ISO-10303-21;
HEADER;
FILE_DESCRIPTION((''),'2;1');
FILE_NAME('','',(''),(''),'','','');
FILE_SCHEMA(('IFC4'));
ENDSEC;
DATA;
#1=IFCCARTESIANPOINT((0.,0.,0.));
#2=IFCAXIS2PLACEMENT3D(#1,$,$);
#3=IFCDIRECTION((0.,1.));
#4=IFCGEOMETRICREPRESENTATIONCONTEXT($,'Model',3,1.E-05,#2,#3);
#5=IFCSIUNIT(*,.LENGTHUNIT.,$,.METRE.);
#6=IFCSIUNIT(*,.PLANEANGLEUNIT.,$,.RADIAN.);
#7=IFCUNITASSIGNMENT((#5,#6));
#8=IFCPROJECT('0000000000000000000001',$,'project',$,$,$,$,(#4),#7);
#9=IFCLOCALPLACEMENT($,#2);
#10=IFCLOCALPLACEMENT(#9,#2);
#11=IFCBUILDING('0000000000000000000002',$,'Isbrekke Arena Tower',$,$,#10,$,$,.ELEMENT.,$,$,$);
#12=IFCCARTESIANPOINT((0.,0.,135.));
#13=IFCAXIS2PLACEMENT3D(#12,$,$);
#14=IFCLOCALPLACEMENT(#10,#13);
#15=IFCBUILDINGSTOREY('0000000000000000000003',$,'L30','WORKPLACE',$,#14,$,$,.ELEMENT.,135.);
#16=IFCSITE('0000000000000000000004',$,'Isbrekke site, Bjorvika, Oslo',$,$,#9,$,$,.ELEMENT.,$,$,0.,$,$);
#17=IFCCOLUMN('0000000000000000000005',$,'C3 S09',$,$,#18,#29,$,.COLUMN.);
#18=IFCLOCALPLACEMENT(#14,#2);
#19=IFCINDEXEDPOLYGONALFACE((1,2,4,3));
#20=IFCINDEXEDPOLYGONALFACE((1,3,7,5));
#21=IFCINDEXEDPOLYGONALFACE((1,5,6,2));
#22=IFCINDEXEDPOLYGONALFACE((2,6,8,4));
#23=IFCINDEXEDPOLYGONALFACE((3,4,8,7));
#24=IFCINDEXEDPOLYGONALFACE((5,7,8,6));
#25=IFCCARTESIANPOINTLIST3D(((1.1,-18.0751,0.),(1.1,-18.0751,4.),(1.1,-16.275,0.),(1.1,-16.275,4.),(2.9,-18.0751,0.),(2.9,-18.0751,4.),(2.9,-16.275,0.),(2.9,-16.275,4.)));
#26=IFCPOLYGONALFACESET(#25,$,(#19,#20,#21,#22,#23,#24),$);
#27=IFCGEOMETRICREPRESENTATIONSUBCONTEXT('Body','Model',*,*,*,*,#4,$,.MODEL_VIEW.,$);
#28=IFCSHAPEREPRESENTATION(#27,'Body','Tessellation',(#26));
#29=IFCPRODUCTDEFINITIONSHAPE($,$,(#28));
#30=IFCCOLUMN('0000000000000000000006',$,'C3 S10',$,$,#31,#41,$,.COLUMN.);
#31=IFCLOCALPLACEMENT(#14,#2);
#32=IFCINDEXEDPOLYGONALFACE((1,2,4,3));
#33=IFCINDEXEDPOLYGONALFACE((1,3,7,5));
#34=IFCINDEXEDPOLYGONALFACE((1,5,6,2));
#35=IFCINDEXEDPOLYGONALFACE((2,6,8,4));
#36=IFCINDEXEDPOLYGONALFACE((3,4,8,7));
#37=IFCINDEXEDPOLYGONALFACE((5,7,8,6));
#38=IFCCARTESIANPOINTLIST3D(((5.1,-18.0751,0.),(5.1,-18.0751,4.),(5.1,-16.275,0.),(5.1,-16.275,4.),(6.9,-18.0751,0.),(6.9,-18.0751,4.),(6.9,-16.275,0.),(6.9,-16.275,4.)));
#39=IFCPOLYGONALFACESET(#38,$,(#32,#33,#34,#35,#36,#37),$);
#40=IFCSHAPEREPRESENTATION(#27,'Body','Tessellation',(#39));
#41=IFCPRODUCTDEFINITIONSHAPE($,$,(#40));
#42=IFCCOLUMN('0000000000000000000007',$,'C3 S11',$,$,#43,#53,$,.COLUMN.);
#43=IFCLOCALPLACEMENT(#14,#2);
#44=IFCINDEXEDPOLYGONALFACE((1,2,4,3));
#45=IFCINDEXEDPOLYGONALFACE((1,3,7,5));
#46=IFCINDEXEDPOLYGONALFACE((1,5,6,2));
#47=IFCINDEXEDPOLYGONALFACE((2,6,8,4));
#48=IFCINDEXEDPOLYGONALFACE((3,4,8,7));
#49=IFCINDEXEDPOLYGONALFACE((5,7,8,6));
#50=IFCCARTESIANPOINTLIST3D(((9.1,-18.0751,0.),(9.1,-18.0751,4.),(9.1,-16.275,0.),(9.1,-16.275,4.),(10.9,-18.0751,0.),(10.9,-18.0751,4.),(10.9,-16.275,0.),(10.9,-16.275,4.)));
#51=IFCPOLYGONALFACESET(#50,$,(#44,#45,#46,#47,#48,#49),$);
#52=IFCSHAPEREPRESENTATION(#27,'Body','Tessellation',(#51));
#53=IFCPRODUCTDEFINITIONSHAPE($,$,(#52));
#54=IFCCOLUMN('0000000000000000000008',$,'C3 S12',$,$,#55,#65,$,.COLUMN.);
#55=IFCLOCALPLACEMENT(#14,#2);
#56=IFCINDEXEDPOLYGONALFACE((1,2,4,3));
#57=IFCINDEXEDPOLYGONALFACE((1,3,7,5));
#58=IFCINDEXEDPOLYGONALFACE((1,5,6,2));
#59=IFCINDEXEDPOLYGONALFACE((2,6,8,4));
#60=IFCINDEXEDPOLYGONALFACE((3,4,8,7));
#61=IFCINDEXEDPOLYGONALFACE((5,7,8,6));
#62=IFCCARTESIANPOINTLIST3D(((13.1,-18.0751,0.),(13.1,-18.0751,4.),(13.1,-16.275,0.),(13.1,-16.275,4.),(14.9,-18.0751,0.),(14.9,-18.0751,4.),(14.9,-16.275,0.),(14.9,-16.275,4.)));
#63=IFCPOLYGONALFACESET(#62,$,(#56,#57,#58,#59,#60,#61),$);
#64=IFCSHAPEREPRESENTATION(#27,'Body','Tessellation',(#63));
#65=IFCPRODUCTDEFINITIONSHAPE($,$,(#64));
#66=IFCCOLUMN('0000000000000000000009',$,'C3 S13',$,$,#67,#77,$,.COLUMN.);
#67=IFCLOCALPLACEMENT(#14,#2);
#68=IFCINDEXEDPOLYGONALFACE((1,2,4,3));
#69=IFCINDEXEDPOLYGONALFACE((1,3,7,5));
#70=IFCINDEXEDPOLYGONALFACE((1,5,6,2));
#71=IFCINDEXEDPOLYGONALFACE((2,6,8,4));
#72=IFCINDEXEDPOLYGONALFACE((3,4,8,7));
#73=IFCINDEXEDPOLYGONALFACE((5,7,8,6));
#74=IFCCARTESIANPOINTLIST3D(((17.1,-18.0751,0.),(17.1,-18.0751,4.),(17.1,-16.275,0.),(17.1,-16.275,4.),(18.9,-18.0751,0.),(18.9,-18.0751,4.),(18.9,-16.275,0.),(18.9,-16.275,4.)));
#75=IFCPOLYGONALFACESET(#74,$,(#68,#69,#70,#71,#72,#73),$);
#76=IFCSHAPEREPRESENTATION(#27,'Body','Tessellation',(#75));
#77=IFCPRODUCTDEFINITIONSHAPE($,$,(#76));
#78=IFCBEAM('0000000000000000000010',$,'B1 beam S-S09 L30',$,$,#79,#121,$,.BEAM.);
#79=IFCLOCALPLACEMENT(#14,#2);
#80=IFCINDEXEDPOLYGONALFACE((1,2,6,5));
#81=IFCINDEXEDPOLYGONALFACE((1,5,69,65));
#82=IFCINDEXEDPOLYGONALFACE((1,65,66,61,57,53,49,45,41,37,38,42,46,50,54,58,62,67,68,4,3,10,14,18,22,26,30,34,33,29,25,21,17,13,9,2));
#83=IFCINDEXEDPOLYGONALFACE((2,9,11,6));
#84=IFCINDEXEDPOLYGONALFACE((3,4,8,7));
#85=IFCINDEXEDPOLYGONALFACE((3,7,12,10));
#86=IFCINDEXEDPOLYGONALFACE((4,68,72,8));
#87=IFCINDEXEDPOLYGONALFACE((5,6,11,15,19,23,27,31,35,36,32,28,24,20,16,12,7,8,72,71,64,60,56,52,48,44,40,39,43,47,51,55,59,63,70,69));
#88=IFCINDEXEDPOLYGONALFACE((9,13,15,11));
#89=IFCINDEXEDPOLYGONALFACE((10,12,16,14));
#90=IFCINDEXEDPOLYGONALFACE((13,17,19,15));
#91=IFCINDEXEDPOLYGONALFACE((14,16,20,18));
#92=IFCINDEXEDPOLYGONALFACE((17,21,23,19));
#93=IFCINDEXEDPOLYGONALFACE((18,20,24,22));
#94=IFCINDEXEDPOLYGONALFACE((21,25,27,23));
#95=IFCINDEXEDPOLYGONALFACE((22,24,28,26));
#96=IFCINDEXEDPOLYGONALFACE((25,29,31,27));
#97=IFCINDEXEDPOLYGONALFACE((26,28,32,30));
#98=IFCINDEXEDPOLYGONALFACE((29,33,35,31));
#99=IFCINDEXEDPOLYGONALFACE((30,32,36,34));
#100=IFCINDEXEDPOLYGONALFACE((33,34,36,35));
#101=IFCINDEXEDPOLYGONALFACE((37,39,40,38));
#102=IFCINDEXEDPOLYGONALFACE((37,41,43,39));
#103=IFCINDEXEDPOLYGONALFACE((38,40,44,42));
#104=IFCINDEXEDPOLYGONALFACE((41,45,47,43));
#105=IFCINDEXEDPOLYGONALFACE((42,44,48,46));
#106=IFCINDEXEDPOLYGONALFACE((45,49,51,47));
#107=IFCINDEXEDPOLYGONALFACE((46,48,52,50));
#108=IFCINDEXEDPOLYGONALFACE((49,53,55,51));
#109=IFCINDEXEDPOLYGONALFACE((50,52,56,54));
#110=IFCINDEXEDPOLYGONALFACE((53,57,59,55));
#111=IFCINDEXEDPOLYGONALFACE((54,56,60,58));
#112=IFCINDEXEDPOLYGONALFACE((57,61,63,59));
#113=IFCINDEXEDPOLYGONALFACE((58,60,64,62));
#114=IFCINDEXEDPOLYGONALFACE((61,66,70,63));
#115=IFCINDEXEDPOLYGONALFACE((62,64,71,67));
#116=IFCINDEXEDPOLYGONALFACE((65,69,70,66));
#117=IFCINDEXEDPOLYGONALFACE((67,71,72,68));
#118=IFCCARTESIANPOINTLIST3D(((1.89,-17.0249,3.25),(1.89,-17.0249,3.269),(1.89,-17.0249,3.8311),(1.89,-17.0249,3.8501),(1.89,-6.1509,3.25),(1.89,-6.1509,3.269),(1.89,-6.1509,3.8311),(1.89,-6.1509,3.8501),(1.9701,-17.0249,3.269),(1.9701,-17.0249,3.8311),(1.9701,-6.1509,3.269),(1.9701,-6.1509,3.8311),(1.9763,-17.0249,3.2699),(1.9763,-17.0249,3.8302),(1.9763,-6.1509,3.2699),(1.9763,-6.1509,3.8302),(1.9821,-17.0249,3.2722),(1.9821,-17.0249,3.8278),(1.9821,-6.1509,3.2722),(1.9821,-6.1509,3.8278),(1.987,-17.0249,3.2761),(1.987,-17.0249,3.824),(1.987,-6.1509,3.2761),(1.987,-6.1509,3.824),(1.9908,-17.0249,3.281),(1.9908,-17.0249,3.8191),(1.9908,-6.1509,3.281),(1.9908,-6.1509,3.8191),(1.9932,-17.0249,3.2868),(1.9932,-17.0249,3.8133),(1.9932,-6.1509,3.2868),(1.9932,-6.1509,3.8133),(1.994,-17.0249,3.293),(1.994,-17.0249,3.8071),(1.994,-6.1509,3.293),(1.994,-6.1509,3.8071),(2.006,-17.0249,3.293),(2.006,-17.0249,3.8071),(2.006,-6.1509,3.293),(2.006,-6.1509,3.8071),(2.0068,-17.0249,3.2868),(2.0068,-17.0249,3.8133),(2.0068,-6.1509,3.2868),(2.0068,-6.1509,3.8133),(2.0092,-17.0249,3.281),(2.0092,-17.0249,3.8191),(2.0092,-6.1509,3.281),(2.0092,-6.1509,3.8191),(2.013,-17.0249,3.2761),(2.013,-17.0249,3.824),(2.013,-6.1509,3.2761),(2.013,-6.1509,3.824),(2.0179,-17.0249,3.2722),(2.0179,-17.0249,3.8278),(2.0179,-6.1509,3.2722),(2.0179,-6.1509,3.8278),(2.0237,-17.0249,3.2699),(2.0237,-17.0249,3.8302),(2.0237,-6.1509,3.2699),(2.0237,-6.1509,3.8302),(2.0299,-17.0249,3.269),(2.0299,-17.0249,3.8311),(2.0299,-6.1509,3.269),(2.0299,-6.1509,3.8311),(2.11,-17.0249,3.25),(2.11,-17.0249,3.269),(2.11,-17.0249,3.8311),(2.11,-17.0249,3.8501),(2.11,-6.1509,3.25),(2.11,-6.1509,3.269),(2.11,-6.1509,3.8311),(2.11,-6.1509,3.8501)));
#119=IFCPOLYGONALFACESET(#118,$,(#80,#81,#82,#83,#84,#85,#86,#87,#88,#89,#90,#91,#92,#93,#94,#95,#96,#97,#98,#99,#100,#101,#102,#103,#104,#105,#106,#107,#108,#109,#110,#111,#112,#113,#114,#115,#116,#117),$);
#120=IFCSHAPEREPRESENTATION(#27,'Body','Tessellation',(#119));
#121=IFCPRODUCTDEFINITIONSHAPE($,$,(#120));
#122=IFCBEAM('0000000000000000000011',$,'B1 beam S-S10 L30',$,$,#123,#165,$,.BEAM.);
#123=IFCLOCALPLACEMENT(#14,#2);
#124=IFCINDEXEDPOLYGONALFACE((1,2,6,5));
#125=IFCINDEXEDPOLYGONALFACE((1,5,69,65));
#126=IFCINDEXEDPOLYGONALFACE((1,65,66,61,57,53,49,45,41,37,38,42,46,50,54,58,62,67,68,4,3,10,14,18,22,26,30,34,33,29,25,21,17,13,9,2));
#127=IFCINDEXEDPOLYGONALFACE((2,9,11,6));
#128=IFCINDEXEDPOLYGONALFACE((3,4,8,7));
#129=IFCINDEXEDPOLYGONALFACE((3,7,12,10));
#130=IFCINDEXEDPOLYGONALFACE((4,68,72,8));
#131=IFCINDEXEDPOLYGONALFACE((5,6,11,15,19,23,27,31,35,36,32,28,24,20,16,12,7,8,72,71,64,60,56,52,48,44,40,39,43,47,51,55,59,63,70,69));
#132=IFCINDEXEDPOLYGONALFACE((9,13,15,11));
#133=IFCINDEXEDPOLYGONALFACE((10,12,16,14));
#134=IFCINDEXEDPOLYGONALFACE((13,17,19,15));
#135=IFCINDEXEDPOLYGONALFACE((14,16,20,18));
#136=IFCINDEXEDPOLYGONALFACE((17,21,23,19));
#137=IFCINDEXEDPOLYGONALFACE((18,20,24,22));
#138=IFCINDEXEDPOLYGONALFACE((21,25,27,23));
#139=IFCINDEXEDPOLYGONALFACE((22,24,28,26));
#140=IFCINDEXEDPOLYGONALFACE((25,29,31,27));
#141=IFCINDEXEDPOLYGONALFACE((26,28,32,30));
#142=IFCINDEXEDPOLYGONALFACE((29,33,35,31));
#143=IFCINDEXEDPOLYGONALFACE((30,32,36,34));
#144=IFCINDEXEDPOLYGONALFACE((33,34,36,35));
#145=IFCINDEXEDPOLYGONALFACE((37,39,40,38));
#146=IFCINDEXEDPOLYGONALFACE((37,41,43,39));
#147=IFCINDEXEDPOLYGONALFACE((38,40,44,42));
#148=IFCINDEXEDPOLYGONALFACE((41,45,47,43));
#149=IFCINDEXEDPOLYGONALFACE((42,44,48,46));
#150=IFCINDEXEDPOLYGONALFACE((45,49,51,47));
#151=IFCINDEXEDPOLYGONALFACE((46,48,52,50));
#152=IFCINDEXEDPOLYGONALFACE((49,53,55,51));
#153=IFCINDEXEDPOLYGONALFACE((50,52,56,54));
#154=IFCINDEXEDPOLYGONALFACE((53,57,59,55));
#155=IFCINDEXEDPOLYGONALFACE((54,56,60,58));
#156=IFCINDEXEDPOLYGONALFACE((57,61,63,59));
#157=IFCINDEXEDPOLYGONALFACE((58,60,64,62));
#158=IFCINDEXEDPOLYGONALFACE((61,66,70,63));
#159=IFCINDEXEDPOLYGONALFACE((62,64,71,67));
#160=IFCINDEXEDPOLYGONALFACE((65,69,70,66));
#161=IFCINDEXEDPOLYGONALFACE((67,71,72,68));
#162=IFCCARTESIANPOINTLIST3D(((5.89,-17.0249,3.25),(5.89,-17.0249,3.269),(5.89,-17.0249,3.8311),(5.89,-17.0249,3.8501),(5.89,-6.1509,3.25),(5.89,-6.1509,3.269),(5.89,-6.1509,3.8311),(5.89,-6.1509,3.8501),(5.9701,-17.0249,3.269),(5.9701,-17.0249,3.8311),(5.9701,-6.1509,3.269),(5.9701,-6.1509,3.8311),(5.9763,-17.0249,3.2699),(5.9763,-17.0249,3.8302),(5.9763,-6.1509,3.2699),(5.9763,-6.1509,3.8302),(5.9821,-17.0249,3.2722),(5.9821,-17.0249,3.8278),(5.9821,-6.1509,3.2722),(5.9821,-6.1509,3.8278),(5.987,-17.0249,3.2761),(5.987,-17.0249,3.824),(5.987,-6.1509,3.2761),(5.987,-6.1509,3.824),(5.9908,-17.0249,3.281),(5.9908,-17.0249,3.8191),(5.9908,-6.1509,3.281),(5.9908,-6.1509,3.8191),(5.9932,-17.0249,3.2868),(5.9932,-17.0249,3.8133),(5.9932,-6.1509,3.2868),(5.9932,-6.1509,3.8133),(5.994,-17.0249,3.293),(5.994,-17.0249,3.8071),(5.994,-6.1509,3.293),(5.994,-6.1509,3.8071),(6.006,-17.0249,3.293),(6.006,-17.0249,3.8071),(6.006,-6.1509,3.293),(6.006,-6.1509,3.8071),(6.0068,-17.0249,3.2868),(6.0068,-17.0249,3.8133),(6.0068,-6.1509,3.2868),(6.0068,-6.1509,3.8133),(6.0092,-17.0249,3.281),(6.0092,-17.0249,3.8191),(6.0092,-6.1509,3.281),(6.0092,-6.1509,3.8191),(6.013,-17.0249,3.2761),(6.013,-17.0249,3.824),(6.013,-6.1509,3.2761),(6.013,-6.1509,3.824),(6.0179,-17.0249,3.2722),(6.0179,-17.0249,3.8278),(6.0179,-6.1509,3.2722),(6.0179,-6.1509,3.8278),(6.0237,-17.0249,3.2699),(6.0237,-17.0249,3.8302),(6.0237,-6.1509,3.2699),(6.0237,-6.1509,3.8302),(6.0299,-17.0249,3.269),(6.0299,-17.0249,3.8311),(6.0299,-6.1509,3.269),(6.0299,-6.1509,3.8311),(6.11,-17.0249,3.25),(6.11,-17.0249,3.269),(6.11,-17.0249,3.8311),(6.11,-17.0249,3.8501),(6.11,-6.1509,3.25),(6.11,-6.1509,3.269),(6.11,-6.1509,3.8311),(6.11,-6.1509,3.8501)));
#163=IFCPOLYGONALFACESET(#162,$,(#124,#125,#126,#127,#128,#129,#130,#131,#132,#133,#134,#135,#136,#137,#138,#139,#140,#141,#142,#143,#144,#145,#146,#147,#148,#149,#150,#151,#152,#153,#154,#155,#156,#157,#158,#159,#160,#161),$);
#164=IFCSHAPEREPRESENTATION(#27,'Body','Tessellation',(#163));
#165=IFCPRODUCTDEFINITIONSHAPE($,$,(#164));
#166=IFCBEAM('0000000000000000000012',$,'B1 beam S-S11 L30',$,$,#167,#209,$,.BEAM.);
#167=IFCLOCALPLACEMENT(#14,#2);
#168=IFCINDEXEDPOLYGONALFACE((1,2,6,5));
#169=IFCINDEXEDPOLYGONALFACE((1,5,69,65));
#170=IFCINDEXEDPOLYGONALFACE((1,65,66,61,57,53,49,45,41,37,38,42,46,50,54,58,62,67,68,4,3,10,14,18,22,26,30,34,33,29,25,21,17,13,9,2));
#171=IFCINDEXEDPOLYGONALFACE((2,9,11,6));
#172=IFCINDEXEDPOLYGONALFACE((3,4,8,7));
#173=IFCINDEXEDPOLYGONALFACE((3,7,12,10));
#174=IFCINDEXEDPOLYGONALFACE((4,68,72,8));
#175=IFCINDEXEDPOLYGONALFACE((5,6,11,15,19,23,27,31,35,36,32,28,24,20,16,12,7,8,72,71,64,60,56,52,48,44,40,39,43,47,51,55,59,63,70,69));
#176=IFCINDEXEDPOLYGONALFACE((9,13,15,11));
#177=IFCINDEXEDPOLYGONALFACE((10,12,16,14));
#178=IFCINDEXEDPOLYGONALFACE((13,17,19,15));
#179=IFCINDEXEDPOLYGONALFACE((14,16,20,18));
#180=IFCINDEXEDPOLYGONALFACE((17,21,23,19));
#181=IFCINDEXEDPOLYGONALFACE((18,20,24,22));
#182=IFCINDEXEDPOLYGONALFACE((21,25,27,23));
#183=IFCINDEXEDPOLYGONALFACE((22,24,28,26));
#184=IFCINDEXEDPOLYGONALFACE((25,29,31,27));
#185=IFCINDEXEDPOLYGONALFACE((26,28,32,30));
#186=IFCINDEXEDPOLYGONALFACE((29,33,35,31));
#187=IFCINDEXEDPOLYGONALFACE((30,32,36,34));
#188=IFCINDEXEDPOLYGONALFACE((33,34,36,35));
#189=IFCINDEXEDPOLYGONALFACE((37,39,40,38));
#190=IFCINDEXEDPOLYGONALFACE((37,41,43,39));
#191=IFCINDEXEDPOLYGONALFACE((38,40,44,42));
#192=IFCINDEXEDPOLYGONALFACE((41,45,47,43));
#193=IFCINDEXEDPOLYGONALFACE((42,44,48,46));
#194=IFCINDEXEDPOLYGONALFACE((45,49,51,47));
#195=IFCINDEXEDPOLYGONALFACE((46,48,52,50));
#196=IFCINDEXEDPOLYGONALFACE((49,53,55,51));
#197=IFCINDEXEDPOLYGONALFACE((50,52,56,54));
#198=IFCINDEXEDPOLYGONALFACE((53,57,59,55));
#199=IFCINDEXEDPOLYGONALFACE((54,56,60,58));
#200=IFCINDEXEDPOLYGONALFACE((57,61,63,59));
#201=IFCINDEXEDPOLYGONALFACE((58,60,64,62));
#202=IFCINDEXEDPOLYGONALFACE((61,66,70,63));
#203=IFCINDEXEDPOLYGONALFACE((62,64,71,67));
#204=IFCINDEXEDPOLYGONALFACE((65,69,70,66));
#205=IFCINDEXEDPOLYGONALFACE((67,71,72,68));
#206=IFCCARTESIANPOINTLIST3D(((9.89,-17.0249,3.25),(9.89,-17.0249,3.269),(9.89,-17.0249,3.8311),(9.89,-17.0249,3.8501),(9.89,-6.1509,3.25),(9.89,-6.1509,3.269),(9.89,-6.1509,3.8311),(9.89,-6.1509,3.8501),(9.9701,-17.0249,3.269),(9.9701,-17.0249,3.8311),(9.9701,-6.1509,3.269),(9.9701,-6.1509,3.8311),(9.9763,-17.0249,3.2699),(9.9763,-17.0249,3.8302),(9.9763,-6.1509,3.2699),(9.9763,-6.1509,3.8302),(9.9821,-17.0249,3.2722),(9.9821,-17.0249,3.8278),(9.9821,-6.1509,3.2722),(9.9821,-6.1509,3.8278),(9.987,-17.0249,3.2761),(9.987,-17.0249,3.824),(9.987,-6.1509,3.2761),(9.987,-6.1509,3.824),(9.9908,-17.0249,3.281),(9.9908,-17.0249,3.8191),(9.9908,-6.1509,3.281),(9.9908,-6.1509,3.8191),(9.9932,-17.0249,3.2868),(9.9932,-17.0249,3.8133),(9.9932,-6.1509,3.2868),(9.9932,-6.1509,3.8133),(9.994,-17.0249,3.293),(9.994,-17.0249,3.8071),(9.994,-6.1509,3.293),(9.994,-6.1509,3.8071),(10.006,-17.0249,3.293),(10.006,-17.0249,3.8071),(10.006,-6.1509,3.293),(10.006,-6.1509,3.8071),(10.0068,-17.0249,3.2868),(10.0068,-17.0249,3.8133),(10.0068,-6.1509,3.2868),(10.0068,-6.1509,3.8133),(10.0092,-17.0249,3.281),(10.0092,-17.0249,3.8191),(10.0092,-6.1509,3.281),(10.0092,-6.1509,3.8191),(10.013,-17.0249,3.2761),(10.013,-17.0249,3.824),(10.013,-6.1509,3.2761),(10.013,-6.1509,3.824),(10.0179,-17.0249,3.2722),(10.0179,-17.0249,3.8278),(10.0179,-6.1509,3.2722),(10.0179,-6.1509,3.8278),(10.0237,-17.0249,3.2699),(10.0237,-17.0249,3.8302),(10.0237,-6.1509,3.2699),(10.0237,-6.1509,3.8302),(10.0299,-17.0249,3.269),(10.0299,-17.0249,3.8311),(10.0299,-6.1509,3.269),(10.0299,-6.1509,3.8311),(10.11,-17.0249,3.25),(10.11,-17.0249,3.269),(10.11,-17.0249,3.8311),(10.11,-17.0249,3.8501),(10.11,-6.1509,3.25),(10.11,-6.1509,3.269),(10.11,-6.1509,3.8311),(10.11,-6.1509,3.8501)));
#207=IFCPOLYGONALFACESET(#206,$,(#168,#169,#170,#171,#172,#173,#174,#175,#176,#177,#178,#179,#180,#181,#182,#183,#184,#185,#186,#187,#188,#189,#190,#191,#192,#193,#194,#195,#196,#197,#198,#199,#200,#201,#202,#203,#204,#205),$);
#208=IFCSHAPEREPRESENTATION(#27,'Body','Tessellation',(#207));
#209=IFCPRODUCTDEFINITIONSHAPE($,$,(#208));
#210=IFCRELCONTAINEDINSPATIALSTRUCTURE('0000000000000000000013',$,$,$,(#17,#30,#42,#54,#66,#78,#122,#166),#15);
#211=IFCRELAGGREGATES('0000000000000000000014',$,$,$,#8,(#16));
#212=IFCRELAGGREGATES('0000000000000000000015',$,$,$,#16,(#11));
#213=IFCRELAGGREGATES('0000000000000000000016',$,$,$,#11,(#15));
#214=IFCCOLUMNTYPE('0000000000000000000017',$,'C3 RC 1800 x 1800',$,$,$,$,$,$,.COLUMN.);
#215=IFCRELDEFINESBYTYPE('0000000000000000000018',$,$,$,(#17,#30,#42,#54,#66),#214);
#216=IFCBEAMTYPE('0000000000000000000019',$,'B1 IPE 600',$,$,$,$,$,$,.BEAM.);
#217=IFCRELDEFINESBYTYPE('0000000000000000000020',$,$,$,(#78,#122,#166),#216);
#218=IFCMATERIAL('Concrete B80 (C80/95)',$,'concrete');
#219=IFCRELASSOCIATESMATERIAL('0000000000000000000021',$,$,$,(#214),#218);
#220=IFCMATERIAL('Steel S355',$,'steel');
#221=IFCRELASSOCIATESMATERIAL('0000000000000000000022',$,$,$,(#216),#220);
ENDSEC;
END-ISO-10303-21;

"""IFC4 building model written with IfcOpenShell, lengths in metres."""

from ifc_helpers import new_model, si_unit, direction, frame, origin, origin_2d, place, context, subcontext, project, spatial, rectangle, i_section, extrude, material, material_profile, profile_set, type_object, element, save


model = new_model("IFC4")

# Units and contexts
model_context = context("Model", 3, precision=1e-05, world=origin(), true_north=direction((0.0, 1.0)))
body_context = subcontext(model_context, "Body", "Model", "MODEL_VIEW")
ifc_project = project(units=[si_unit("LENGTHUNIT", "METRE"), si_unit("PLANEANGLEUNIT", "RADIAN")], contexts=[model_context])

# Site, building, storey
site_placement = place(None, origin())
site = spatial("IfcSite", under=ifc_project, at=site_placement, Name="Isbrekke site, Bjorvika, Oslo", CompositionType="ELEMENT", RefElevation=0.0)
building_placement = place(site_placement, origin())
building = spatial("IfcBuilding", under=site, at=building_placement, Name="Isbrekke Arena Tower", CompositionType="ELEMENT")
storey_placement = place(building_placement, frame((0.0, 0.0, 135.0)))
storey = spatial("IfcBuildingStorey", under=building, at=storey_placement, Name="L30", Description="WORKPLACE", CompositionType="ELEMENT", Elevation=135.0)

# Columns
ifc_material_1 = material(Name="Concrete B80 (C80/95)", Category="concrete")
ifc_material_profile_1 = material_profile(ifc_material_1, rectangle(XDim=1.8, YDim=1.8, at=origin_2d()), Name="RC 1800x1800")
ifc_profile_set_1 = profile_set([ifc_material_profile_1], Name="Concrete B80 (C80/95)")
column_type = type_object("IfcColumnType", Name="C3 RC 1800 x 1800", PredefinedType="COLUMN", material=ifc_profile_set_1)
for number, where, z_axis, x_axis, name in (
    (1, (2.0, -17.175, 0.0), (0.0, 0.0, 1.0), (1.0, 0.0, 0.0), "C3 S09"),
    (2, (6.0, -17.175, 0.0), (0.0, 0.0, 1.0), (1.0, 0.0, 0.0), "C3 S10"),
    (3, (10.0, -17.175, 0.0), (0.0, 0.0, 1.0), (1.0, 0.0, 0.0), "C3 S11"),
    (4, (14.0, -17.175, 0.0), (0.0, 0.0, 1.0), (1.0, 0.0, 0.0), "C3 S12"),
    (5, (18.0, -17.175, 0.0), (0.0, 0.0, 1.0), (1.0, 0.0, 0.0), "C3 S13"),
):
    element("IfcColumn", number, at=place(storey_placement, frame(where, z_axis=z_axis, x_axis=x_axis)), inside=storey, type_object=column_type, Name=name, PredefinedType="COLUMN", context=body_context, shape_type="SweptSolid", body=[
        extrude(rectangle(XDim=1.8, YDim=1.8, at=origin_2d()), origin(), (0.0, 0.0, 1.0), 4.0),
    ])

# Beams
ifc_material_2 = material(Name="Steel S355", Category="steel")
ifc_material_profile_2 = material_profile(ifc_material_2, i_section(OverallWidth=0.22, OverallDepth=0.6001, WebThickness=0.012, FlangeThickness=0.019, FilletRadius=0.0239, at=origin_2d()), Name="IPE 600")
ifc_profile_set_2 = profile_set([ifc_material_profile_2], Name="Steel S355")
beam_type_1 = type_object("IfcBeamType", Name="B1 IPE 600", PredefinedType="BEAM", material=ifc_profile_set_2)
for number, where, z_axis, x_axis, name in (
    (6, (2.0, -17.0249, 3.55), (0.0, 1.0, 0.0), (-1.0, 0.0, 0.0), "B1 beam S-S09 L30"),
    (7, (6.0, -17.0249, 3.55), (0.0, 1.0, 0.0), (-1.0, 0.0, 0.0), "B1 beam S-S10 L30"),
    (8, (10.0, -17.0249, 3.55), (0.0, 1.0, 0.0), (-1.0, 0.0, 0.0), "B1 beam S-S11 L30"),
):
    element("IfcBeam", number, at=place(storey_placement, frame(where, z_axis=z_axis, x_axis=x_axis)), inside=storey, type_object=beam_type_1, Name=name, PredefinedType="BEAM", context=body_context, shape_type="SweptSolid", body=[
        extrude(i_section(OverallWidth=0.22, OverallDepth=0.6001, WebThickness=0.012, FlangeThickness=0.019, FilletRadius=0.0239, at=origin_2d()), origin(), (0.0, 0.0, 1.0), 10.874),
    ])

save(model, "model.ifc")
